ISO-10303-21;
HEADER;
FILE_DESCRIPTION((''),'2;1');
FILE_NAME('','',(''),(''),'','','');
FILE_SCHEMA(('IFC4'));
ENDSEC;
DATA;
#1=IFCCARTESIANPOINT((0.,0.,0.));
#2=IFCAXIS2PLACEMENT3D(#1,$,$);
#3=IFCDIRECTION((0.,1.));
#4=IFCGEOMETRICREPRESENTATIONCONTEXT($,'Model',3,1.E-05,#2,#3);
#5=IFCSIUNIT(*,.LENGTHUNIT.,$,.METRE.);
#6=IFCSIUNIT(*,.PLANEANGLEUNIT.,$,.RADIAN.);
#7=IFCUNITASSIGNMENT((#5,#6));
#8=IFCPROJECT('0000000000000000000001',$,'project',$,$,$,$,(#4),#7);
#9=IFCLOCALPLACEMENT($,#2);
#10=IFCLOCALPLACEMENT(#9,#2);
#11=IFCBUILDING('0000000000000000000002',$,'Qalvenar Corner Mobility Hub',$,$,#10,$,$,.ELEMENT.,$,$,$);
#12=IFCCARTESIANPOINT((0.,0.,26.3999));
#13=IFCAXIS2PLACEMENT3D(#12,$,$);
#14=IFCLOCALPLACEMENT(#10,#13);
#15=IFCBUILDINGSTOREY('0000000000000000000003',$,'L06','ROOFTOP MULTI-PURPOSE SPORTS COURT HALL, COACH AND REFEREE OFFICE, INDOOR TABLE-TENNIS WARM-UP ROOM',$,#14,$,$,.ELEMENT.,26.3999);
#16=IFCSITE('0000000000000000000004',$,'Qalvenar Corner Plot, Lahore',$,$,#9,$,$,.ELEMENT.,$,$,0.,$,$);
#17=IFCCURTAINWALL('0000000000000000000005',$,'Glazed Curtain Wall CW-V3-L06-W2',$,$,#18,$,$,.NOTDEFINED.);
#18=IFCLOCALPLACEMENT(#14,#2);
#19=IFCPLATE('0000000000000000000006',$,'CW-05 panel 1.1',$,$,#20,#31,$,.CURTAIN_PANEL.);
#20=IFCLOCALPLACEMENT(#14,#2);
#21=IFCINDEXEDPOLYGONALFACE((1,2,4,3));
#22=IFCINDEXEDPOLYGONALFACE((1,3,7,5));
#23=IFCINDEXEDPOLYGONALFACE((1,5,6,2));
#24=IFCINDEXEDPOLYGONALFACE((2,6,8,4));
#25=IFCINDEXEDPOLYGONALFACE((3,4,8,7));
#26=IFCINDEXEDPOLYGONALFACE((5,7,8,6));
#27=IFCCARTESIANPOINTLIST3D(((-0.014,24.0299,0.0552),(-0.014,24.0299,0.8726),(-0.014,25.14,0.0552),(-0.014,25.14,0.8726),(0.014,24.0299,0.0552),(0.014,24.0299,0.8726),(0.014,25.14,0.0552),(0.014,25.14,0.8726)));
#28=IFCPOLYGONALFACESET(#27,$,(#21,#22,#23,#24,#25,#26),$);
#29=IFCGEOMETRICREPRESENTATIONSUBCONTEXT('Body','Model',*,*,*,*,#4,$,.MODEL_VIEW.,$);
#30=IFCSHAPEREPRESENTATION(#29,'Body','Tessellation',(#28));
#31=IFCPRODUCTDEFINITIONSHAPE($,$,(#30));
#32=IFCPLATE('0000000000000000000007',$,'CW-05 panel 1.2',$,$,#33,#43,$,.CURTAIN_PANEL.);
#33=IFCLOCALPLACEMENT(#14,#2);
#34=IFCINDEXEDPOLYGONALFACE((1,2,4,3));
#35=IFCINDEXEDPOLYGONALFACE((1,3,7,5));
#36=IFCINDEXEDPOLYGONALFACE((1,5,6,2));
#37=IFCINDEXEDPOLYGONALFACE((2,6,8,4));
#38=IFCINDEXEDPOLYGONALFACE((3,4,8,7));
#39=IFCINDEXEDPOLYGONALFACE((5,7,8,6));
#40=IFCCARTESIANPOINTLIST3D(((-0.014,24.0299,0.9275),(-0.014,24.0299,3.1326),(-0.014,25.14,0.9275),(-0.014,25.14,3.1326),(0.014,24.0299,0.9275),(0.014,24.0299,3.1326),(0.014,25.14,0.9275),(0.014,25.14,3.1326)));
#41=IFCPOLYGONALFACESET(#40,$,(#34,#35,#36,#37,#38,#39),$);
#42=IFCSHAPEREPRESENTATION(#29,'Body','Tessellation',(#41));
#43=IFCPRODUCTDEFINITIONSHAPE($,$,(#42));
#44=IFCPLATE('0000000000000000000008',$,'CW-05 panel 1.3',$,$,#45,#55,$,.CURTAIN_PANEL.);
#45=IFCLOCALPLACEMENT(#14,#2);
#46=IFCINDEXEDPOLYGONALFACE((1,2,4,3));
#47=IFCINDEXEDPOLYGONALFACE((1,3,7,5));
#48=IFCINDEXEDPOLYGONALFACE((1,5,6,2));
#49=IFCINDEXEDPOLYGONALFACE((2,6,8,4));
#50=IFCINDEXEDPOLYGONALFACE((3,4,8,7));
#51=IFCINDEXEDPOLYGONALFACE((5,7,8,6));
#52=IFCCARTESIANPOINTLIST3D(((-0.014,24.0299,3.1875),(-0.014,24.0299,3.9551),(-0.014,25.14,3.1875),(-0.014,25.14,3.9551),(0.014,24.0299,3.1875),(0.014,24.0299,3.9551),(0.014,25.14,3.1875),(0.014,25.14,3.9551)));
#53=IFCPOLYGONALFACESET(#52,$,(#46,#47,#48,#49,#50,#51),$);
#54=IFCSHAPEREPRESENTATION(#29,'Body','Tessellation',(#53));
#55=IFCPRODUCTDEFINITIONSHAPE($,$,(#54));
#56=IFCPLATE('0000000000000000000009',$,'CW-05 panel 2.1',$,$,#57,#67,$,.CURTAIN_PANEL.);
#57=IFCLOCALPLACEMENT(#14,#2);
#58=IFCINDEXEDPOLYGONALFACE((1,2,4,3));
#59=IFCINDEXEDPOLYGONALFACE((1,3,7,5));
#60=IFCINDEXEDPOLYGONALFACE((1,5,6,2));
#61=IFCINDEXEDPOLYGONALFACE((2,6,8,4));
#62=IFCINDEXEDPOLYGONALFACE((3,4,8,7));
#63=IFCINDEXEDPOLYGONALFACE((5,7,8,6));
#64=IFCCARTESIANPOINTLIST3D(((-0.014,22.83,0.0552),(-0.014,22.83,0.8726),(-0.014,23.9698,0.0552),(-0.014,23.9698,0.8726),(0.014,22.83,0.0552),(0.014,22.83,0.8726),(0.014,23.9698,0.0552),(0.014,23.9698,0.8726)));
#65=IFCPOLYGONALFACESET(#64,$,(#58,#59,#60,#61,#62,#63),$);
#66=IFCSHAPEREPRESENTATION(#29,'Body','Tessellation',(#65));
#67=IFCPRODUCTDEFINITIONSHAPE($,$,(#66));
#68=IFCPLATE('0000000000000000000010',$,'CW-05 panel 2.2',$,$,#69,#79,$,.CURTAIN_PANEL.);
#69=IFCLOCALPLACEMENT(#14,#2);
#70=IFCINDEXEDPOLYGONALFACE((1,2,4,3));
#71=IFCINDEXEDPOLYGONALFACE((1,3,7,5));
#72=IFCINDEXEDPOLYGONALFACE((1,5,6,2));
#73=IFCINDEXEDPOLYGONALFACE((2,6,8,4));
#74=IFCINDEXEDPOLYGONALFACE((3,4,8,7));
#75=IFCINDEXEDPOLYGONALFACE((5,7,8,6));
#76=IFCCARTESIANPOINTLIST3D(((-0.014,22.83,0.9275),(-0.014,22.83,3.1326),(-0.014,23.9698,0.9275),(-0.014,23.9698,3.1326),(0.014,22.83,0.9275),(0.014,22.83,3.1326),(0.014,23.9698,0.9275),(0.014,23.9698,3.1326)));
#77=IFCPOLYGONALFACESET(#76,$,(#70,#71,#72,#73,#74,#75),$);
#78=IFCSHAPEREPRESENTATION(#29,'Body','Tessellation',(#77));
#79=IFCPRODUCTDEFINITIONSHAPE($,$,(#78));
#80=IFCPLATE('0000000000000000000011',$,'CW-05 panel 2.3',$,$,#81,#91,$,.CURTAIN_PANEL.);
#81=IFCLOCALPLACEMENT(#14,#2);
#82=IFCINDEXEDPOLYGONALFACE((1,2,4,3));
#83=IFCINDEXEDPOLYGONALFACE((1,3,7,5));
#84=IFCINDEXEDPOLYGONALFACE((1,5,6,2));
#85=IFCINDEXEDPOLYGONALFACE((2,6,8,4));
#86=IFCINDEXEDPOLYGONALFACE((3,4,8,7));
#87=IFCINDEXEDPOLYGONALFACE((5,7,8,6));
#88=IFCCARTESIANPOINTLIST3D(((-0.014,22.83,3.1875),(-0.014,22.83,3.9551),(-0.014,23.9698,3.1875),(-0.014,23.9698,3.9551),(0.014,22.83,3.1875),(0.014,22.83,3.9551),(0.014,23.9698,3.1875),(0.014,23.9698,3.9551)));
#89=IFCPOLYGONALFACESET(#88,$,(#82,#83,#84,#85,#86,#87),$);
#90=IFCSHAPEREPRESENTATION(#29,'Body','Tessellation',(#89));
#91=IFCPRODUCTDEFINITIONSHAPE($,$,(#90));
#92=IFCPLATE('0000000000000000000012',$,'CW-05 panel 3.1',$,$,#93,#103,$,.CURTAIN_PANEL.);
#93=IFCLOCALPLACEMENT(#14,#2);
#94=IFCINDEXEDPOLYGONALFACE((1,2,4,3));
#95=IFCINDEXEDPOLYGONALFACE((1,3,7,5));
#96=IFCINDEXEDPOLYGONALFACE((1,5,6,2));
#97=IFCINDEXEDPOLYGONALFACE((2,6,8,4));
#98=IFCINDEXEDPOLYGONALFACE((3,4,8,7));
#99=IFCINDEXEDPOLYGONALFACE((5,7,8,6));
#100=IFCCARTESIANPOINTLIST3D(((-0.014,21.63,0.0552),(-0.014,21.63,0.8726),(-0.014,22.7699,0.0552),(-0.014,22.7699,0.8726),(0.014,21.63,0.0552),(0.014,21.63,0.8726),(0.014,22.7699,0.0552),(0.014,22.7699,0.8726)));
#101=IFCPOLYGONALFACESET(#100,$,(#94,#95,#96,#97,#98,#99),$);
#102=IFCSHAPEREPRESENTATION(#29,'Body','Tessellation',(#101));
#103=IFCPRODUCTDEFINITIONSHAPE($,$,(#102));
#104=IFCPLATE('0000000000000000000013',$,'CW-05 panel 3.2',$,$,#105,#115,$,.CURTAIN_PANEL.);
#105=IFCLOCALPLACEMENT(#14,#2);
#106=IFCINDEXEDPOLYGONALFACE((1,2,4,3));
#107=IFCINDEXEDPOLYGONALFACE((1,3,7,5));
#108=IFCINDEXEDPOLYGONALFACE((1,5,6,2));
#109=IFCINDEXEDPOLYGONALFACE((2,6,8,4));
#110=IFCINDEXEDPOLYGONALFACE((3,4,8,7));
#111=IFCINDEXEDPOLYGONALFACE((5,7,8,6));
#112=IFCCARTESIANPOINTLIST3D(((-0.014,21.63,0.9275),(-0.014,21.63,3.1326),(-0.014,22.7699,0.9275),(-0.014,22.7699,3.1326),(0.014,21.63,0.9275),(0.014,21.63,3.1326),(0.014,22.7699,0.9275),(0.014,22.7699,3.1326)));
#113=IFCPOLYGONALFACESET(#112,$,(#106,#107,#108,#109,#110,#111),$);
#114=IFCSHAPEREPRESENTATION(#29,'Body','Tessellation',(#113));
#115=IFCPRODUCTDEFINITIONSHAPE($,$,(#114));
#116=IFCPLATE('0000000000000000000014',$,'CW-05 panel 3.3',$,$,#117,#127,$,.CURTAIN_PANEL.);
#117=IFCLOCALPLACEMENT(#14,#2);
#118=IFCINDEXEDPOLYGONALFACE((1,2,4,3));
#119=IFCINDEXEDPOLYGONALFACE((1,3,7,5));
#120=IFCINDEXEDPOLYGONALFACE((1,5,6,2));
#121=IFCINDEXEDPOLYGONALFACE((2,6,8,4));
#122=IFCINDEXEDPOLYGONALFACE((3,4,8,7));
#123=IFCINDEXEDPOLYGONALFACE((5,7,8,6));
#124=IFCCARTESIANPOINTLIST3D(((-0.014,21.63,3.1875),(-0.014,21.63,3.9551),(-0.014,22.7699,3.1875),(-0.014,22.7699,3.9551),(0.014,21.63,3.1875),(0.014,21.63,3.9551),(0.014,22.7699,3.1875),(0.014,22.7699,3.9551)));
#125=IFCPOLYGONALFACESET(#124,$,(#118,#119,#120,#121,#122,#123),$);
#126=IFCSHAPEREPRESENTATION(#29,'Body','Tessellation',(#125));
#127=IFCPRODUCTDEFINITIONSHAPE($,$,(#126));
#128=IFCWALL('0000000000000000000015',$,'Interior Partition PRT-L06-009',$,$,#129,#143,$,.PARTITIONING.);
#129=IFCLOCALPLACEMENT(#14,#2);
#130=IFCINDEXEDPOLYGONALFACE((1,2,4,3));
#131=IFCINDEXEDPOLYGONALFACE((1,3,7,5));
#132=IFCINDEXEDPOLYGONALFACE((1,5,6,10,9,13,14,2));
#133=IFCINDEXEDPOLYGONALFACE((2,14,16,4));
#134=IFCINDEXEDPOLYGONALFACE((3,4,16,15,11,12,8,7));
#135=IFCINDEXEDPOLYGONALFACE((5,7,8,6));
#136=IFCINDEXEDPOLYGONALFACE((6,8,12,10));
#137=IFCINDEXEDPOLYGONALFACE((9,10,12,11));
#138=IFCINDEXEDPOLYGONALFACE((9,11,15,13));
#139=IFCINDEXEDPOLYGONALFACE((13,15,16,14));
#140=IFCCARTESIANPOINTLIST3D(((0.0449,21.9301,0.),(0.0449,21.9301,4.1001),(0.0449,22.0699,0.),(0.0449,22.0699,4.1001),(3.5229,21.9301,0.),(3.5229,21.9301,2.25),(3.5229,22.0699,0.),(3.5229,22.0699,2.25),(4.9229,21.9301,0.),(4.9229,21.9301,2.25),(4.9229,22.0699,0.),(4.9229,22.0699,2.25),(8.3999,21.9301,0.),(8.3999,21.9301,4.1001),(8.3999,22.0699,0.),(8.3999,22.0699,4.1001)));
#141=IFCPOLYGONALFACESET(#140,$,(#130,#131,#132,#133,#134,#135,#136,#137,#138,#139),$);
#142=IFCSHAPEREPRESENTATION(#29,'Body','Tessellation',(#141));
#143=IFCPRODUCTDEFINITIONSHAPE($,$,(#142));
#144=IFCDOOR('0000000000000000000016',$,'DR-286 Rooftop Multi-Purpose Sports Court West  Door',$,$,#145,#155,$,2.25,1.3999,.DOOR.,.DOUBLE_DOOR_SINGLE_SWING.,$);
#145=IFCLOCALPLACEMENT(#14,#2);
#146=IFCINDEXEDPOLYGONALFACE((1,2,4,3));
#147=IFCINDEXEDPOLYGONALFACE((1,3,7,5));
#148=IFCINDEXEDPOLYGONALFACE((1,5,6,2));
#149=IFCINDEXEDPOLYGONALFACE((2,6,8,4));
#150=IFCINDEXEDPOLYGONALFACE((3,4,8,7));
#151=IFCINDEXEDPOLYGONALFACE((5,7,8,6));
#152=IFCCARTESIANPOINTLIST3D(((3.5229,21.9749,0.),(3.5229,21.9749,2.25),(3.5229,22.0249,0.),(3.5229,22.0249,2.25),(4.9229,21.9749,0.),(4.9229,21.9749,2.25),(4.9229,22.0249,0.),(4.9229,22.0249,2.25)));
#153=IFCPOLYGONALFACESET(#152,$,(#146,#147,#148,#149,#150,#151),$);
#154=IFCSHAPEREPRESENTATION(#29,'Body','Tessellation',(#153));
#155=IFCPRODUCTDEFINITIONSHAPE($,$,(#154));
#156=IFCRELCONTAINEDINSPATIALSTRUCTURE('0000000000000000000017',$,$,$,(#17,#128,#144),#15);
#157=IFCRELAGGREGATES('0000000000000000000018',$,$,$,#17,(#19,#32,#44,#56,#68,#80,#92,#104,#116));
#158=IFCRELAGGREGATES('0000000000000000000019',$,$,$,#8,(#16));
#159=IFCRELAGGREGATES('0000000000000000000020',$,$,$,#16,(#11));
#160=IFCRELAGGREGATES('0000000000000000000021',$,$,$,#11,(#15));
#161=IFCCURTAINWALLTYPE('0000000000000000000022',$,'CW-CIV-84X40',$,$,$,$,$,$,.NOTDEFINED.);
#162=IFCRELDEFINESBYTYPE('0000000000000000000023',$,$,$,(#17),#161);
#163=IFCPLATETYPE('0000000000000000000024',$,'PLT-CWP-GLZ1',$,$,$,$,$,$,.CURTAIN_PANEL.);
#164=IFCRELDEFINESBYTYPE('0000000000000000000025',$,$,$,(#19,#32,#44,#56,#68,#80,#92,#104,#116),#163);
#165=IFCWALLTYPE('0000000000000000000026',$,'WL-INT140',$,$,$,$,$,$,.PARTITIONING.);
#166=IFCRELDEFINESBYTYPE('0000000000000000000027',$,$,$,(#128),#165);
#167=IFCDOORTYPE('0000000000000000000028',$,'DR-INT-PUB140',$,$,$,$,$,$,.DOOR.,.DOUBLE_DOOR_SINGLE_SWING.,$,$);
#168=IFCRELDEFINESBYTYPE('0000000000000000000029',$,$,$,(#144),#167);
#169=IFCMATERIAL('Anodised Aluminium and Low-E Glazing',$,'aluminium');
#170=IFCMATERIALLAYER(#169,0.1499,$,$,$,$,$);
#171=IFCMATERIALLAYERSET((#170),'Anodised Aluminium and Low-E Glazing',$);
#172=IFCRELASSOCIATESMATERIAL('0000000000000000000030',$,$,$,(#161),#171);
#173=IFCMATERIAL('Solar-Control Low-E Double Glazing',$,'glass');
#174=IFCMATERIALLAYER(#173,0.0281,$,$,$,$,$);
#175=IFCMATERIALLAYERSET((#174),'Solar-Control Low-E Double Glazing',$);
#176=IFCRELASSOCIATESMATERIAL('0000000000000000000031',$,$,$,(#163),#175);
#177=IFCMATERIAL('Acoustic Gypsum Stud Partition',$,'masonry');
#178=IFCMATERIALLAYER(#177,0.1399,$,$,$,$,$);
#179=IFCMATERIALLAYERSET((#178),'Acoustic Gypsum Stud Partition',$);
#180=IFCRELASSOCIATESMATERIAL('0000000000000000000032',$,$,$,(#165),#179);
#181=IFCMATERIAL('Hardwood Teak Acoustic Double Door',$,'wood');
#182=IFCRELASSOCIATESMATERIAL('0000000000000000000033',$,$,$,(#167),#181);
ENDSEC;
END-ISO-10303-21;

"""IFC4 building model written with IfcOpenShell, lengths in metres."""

from ifc_helpers import new_model, si_unit, direction, frame, frame_2d, origin, origin_2d, place, context, subcontext, project, spatial, rectangle, extrude, material, layer, layer_set, type_object, element, fill, aggregate, save


model = new_model("IFC4")

# Units and contexts
model_context = context("Model", 3, precision=1e-05, world=origin(), true_north=direction((0.0, 1.0)))
body_context = subcontext(model_context, "Body", "Model", "MODEL_VIEW")
ifc_project = project(units=[si_unit("LENGTHUNIT", "METRE"), si_unit("PLANEANGLEUNIT", "RADIAN")], contexts=[model_context])

# Site, building, storey
site_placement = place(None, origin())
site = spatial("IfcSite", under=ifc_project, at=site_placement, Name="Qalvenar Corner Plot, Lahore", CompositionType="ELEMENT", RefElevation=0.0)
building_placement = place(site_placement, origin())
building = spatial("IfcBuilding", under=site, at=building_placement, Name="Qalvenar Corner Mobility Hub", CompositionType="ELEMENT")
storey_placement = place(building_placement, frame((0.0, 0.0, 26.3999)))
storey = spatial("IfcBuildingStorey", under=building, at=storey_placement, Name="L06", Description="ROOFTOP MULTI-PURPOSE SPORTS COURT HALL, COACH AND REFEREE OFFICE, INDOOR TABLE-TENNIS WARM-UP ROOM", CompositionType="ELEMENT", Elevation=26.3999)

# Curtain wall
ifc_material_1 = material(Name="Anodised Aluminium and Low-E Glazing", Category="aluminium")
ifc_layer_1 = layer(ifc_material_1, 0.1499)
ifc_layer_set_1 = layer_set([ifc_layer_1], Name="Anodised Aluminium and Low-E Glazing")
curtain_wall_type = type_object("IfcCurtainWallType", Name="CW-CIV-84X40", PredefinedType="NOTDEFINED", material=ifc_layer_set_1)
curtain_wall_placement = place(storey_placement, origin())
curtain_wall = element("IfcCurtainWall", 1, at=curtain_wall_placement, inside=storey, type_object=curtain_wall_type, Name="Glazed Curtain Wall CW-V3-L06-W2", PredefinedType="NOTDEFINED")

# Plates
ifc_material_2 = material(Name="Solar-Control Low-E Double Glazing", Category="glass")
ifc_layer_2 = layer(ifc_material_2, 0.0281)
ifc_layer_set_2 = layer_set([ifc_layer_2], Name="Solar-Control Low-E Double Glazing")
plate_type = type_object("IfcPlateType", Name="PLT-CWP-GLZ1", PredefinedType="CURTAIN_PANEL", material=ifc_layer_set_2)
plate_1_placement = place(storey_placement, frame((0.0, 24.585, 0.0552), z_axis=(0.0, 0.0, 1.0), x_axis=(0.0, -1.0, 0.0)))
plate_1 = element("IfcPlate", 2, at=plate_1_placement, type_object=plate_type, Name="CW-05 panel 1.1", PredefinedType="CURTAIN_PANEL", context=body_context, shape_type="SweptSolid", body=[
    extrude(rectangle(XDim=1.1101, YDim=0.0281, at=origin_2d()), origin(), (0.0, 0.0, 1.0), 0.8174),
])
plate_2_placement = place(storey_placement, frame((0.0, 24.585, 0.9275), z_axis=(0.0, 0.0, 1.0), x_axis=(0.0, -1.0, 0.0)))
plate_2 = element("IfcPlate", 3, at=plate_2_placement, type_object=plate_type, Name="CW-05 panel 1.2", PredefinedType="CURTAIN_PANEL", context=body_context, shape_type="SweptSolid", body=[
    extrude(rectangle(XDim=1.1101, YDim=0.0281, at=origin_2d()), origin(), (0.0, 0.0, 1.0), 2.2051),
])
plate_3_placement = place(storey_placement, frame((0.0, 24.585, 3.1875), z_axis=(0.0, 0.0, 1.0), x_axis=(0.0, -1.0, 0.0)))
plate_3 = element("IfcPlate", 4, at=plate_3_placement, type_object=plate_type, Name="CW-05 panel 1.3", PredefinedType="CURTAIN_PANEL", context=body_context, shape_type="SweptSolid", body=[
    extrude(rectangle(XDim=1.1101, YDim=0.0281, at=origin_2d()), origin(), (0.0, 0.0, 1.0), 0.7676),
])
plate_4_placement = place(storey_placement, frame((0.0, 23.3999, 0.0552), z_axis=(0.0, 0.0, 1.0), x_axis=(0.0, -1.0, 0.0)))
plate_4 = element("IfcPlate", 5, at=plate_4_placement, type_object=plate_type, Name="CW-05 panel 2.1", PredefinedType="CURTAIN_PANEL", context=body_context, shape_type="SweptSolid", body=[
    extrude(rectangle(XDim=1.1399, YDim=0.0281, at=origin_2d()), origin(), (0.0, 0.0, 1.0), 0.8174),
])
plate_5_placement = place(storey_placement, frame((0.0, 23.3999, 0.9275), z_axis=(0.0, 0.0, 1.0), x_axis=(0.0, -1.0, 0.0)))
plate_5 = element("IfcPlate", 6, at=plate_5_placement, type_object=plate_type, Name="CW-05 panel 2.2", PredefinedType="CURTAIN_PANEL", context=body_context, shape_type="SweptSolid", body=[
    extrude(rectangle(XDim=1.1399, YDim=0.0281, at=origin_2d()), origin(), (0.0, 0.0, 1.0), 2.2051),
])
plate_6_placement = place(storey_placement, frame((0.0, 23.3999, 3.1875), z_axis=(0.0, 0.0, 1.0), x_axis=(0.0, -1.0, 0.0)))
plate_6 = element("IfcPlate", 7, at=plate_6_placement, type_object=plate_type, Name="CW-05 panel 2.3", PredefinedType="CURTAIN_PANEL", context=body_context, shape_type="SweptSolid", body=[
    extrude(rectangle(XDim=1.1399, YDim=0.0281, at=origin_2d()), origin(), (0.0, 0.0, 1.0), 0.7676),
])
plate_7_placement = place(storey_placement, frame((0.0, 22.2, 0.0552), z_axis=(0.0, 0.0, 1.0), x_axis=(0.0, -1.0, 0.0)))
plate_7 = element("IfcPlate", 8, at=plate_7_placement, type_object=plate_type, Name="CW-05 panel 3.1", PredefinedType="CURTAIN_PANEL", context=body_context, shape_type="SweptSolid", body=[
    extrude(rectangle(XDim=1.1399, YDim=0.0281, at=origin_2d()), origin(), (0.0, 0.0, 1.0), 0.8174),
])
plate_8_placement = place(storey_placement, frame((0.0, 22.2, 0.9275), z_axis=(0.0, 0.0, 1.0), x_axis=(0.0, -1.0, 0.0)))
plate_8 = element("IfcPlate", 9, at=plate_8_placement, type_object=plate_type, Name="CW-05 panel 3.2", PredefinedType="CURTAIN_PANEL", context=body_context, shape_type="SweptSolid", body=[
    extrude(rectangle(XDim=1.1399, YDim=0.0281, at=origin_2d()), origin(), (0.0, 0.0, 1.0), 2.2051),
])
plate_9_placement = place(storey_placement, frame((0.0, 22.2, 3.1875), z_axis=(0.0, 0.0, 1.0), x_axis=(0.0, -1.0, 0.0)))
plate_9 = element("IfcPlate", 10, at=plate_9_placement, type_object=plate_type, Name="CW-05 panel 3.3", PredefinedType="CURTAIN_PANEL", context=body_context, shape_type="SweptSolid", body=[
    extrude(rectangle(XDim=1.1399, YDim=0.0281, at=origin_2d()), origin(), (0.0, 0.0, 1.0), 0.7676),
])
aggregate(curtain_wall, [plate_1, plate_2, plate_3, plate_4, plate_5, plate_6, plate_7, plate_8, plate_9])

# Wall, opening, door
ifc_material_3 = material(Name="Acoustic Gypsum Stud Partition", Category="masonry")
ifc_layer_3 = layer(ifc_material_3, 0.1399)
ifc_layer_set_3 = layer_set([ifc_layer_3], Name="Acoustic Gypsum Stud Partition")
wall_type = type_object("IfcWallType", Name="WL-INT140", PredefinedType="PARTITIONING", material=ifc_layer_set_3)
wall_placement = place(storey_placement, frame((0.0449, 22.0, 0.0), z_axis=(0.0, 0.0, 1.0), x_axis=(1.0, 0.0, 0.0)))
wall = element("IfcWall", 11, at=wall_placement, inside=storey, type_object=wall_type, Name="Interior Partition PRT-L06-009", PredefinedType="PARTITIONING", context=body_context, shape_type="SweptSolid", body=[
    extrude(rectangle(XDim=8.355, YDim=0.1399, at=frame_2d((4.1775, 0.0))), origin(), (0.0, 0.0, 1.0), 4.1001),
])
opening_placement = place(wall_placement, frame((3.478, 0.0, 0.0)))
opening = element("IfcOpeningElement", 12, at=opening_placement, cuts=wall, PredefinedType="OPENING", context=body_context, shape_type="SweptSolid", body=[
    extrude(rectangle(XDim=1.3999, YDim=2.25, at=frame_2d((0.7, 1.125))), frame((0.0, 0.0801, 0.0), z_axis=(0.0, -1.0, 0.0), x_axis=(1.0, 0.0, 0.0)), (0.0, 0.0, 1.0), 0.1599),
])
ifc_material_4 = material(Name="Hardwood Teak Acoustic Double Door", Category="wood")
door_type = type_object("IfcDoorType", Name="DR-INT-PUB140", OperationType="DOUBLE_DOOR_SINGLE_SWING", PredefinedType="DOOR", material=ifc_material_4)
door_placement = place(opening_placement, origin())
door = element("IfcDoor", 13, at=door_placement, inside=storey, type_object=door_type, Name="DR-286 Rooftop Multi-Purpose Sports Court West  Door", OperationType="DOUBLE_DOOR_SINGLE_SWING", OverallHeight=2.25, OverallWidth=1.3999, PredefinedType="DOOR", context=body_context, shape_type="SweptSolid", body=[
    extrude(rectangle(XDim=1.3999, YDim=2.25, at=frame_2d((0.7, 1.125))), frame((0.0, 0.0249, 0.0), z_axis=(0.0, -1.0, 0.0), x_axis=(1.0, 0.0, 0.0)), (0.0, 0.0, 1.0), 0.05),
])
fill(opening, door)

save(model, "model.ifc")
